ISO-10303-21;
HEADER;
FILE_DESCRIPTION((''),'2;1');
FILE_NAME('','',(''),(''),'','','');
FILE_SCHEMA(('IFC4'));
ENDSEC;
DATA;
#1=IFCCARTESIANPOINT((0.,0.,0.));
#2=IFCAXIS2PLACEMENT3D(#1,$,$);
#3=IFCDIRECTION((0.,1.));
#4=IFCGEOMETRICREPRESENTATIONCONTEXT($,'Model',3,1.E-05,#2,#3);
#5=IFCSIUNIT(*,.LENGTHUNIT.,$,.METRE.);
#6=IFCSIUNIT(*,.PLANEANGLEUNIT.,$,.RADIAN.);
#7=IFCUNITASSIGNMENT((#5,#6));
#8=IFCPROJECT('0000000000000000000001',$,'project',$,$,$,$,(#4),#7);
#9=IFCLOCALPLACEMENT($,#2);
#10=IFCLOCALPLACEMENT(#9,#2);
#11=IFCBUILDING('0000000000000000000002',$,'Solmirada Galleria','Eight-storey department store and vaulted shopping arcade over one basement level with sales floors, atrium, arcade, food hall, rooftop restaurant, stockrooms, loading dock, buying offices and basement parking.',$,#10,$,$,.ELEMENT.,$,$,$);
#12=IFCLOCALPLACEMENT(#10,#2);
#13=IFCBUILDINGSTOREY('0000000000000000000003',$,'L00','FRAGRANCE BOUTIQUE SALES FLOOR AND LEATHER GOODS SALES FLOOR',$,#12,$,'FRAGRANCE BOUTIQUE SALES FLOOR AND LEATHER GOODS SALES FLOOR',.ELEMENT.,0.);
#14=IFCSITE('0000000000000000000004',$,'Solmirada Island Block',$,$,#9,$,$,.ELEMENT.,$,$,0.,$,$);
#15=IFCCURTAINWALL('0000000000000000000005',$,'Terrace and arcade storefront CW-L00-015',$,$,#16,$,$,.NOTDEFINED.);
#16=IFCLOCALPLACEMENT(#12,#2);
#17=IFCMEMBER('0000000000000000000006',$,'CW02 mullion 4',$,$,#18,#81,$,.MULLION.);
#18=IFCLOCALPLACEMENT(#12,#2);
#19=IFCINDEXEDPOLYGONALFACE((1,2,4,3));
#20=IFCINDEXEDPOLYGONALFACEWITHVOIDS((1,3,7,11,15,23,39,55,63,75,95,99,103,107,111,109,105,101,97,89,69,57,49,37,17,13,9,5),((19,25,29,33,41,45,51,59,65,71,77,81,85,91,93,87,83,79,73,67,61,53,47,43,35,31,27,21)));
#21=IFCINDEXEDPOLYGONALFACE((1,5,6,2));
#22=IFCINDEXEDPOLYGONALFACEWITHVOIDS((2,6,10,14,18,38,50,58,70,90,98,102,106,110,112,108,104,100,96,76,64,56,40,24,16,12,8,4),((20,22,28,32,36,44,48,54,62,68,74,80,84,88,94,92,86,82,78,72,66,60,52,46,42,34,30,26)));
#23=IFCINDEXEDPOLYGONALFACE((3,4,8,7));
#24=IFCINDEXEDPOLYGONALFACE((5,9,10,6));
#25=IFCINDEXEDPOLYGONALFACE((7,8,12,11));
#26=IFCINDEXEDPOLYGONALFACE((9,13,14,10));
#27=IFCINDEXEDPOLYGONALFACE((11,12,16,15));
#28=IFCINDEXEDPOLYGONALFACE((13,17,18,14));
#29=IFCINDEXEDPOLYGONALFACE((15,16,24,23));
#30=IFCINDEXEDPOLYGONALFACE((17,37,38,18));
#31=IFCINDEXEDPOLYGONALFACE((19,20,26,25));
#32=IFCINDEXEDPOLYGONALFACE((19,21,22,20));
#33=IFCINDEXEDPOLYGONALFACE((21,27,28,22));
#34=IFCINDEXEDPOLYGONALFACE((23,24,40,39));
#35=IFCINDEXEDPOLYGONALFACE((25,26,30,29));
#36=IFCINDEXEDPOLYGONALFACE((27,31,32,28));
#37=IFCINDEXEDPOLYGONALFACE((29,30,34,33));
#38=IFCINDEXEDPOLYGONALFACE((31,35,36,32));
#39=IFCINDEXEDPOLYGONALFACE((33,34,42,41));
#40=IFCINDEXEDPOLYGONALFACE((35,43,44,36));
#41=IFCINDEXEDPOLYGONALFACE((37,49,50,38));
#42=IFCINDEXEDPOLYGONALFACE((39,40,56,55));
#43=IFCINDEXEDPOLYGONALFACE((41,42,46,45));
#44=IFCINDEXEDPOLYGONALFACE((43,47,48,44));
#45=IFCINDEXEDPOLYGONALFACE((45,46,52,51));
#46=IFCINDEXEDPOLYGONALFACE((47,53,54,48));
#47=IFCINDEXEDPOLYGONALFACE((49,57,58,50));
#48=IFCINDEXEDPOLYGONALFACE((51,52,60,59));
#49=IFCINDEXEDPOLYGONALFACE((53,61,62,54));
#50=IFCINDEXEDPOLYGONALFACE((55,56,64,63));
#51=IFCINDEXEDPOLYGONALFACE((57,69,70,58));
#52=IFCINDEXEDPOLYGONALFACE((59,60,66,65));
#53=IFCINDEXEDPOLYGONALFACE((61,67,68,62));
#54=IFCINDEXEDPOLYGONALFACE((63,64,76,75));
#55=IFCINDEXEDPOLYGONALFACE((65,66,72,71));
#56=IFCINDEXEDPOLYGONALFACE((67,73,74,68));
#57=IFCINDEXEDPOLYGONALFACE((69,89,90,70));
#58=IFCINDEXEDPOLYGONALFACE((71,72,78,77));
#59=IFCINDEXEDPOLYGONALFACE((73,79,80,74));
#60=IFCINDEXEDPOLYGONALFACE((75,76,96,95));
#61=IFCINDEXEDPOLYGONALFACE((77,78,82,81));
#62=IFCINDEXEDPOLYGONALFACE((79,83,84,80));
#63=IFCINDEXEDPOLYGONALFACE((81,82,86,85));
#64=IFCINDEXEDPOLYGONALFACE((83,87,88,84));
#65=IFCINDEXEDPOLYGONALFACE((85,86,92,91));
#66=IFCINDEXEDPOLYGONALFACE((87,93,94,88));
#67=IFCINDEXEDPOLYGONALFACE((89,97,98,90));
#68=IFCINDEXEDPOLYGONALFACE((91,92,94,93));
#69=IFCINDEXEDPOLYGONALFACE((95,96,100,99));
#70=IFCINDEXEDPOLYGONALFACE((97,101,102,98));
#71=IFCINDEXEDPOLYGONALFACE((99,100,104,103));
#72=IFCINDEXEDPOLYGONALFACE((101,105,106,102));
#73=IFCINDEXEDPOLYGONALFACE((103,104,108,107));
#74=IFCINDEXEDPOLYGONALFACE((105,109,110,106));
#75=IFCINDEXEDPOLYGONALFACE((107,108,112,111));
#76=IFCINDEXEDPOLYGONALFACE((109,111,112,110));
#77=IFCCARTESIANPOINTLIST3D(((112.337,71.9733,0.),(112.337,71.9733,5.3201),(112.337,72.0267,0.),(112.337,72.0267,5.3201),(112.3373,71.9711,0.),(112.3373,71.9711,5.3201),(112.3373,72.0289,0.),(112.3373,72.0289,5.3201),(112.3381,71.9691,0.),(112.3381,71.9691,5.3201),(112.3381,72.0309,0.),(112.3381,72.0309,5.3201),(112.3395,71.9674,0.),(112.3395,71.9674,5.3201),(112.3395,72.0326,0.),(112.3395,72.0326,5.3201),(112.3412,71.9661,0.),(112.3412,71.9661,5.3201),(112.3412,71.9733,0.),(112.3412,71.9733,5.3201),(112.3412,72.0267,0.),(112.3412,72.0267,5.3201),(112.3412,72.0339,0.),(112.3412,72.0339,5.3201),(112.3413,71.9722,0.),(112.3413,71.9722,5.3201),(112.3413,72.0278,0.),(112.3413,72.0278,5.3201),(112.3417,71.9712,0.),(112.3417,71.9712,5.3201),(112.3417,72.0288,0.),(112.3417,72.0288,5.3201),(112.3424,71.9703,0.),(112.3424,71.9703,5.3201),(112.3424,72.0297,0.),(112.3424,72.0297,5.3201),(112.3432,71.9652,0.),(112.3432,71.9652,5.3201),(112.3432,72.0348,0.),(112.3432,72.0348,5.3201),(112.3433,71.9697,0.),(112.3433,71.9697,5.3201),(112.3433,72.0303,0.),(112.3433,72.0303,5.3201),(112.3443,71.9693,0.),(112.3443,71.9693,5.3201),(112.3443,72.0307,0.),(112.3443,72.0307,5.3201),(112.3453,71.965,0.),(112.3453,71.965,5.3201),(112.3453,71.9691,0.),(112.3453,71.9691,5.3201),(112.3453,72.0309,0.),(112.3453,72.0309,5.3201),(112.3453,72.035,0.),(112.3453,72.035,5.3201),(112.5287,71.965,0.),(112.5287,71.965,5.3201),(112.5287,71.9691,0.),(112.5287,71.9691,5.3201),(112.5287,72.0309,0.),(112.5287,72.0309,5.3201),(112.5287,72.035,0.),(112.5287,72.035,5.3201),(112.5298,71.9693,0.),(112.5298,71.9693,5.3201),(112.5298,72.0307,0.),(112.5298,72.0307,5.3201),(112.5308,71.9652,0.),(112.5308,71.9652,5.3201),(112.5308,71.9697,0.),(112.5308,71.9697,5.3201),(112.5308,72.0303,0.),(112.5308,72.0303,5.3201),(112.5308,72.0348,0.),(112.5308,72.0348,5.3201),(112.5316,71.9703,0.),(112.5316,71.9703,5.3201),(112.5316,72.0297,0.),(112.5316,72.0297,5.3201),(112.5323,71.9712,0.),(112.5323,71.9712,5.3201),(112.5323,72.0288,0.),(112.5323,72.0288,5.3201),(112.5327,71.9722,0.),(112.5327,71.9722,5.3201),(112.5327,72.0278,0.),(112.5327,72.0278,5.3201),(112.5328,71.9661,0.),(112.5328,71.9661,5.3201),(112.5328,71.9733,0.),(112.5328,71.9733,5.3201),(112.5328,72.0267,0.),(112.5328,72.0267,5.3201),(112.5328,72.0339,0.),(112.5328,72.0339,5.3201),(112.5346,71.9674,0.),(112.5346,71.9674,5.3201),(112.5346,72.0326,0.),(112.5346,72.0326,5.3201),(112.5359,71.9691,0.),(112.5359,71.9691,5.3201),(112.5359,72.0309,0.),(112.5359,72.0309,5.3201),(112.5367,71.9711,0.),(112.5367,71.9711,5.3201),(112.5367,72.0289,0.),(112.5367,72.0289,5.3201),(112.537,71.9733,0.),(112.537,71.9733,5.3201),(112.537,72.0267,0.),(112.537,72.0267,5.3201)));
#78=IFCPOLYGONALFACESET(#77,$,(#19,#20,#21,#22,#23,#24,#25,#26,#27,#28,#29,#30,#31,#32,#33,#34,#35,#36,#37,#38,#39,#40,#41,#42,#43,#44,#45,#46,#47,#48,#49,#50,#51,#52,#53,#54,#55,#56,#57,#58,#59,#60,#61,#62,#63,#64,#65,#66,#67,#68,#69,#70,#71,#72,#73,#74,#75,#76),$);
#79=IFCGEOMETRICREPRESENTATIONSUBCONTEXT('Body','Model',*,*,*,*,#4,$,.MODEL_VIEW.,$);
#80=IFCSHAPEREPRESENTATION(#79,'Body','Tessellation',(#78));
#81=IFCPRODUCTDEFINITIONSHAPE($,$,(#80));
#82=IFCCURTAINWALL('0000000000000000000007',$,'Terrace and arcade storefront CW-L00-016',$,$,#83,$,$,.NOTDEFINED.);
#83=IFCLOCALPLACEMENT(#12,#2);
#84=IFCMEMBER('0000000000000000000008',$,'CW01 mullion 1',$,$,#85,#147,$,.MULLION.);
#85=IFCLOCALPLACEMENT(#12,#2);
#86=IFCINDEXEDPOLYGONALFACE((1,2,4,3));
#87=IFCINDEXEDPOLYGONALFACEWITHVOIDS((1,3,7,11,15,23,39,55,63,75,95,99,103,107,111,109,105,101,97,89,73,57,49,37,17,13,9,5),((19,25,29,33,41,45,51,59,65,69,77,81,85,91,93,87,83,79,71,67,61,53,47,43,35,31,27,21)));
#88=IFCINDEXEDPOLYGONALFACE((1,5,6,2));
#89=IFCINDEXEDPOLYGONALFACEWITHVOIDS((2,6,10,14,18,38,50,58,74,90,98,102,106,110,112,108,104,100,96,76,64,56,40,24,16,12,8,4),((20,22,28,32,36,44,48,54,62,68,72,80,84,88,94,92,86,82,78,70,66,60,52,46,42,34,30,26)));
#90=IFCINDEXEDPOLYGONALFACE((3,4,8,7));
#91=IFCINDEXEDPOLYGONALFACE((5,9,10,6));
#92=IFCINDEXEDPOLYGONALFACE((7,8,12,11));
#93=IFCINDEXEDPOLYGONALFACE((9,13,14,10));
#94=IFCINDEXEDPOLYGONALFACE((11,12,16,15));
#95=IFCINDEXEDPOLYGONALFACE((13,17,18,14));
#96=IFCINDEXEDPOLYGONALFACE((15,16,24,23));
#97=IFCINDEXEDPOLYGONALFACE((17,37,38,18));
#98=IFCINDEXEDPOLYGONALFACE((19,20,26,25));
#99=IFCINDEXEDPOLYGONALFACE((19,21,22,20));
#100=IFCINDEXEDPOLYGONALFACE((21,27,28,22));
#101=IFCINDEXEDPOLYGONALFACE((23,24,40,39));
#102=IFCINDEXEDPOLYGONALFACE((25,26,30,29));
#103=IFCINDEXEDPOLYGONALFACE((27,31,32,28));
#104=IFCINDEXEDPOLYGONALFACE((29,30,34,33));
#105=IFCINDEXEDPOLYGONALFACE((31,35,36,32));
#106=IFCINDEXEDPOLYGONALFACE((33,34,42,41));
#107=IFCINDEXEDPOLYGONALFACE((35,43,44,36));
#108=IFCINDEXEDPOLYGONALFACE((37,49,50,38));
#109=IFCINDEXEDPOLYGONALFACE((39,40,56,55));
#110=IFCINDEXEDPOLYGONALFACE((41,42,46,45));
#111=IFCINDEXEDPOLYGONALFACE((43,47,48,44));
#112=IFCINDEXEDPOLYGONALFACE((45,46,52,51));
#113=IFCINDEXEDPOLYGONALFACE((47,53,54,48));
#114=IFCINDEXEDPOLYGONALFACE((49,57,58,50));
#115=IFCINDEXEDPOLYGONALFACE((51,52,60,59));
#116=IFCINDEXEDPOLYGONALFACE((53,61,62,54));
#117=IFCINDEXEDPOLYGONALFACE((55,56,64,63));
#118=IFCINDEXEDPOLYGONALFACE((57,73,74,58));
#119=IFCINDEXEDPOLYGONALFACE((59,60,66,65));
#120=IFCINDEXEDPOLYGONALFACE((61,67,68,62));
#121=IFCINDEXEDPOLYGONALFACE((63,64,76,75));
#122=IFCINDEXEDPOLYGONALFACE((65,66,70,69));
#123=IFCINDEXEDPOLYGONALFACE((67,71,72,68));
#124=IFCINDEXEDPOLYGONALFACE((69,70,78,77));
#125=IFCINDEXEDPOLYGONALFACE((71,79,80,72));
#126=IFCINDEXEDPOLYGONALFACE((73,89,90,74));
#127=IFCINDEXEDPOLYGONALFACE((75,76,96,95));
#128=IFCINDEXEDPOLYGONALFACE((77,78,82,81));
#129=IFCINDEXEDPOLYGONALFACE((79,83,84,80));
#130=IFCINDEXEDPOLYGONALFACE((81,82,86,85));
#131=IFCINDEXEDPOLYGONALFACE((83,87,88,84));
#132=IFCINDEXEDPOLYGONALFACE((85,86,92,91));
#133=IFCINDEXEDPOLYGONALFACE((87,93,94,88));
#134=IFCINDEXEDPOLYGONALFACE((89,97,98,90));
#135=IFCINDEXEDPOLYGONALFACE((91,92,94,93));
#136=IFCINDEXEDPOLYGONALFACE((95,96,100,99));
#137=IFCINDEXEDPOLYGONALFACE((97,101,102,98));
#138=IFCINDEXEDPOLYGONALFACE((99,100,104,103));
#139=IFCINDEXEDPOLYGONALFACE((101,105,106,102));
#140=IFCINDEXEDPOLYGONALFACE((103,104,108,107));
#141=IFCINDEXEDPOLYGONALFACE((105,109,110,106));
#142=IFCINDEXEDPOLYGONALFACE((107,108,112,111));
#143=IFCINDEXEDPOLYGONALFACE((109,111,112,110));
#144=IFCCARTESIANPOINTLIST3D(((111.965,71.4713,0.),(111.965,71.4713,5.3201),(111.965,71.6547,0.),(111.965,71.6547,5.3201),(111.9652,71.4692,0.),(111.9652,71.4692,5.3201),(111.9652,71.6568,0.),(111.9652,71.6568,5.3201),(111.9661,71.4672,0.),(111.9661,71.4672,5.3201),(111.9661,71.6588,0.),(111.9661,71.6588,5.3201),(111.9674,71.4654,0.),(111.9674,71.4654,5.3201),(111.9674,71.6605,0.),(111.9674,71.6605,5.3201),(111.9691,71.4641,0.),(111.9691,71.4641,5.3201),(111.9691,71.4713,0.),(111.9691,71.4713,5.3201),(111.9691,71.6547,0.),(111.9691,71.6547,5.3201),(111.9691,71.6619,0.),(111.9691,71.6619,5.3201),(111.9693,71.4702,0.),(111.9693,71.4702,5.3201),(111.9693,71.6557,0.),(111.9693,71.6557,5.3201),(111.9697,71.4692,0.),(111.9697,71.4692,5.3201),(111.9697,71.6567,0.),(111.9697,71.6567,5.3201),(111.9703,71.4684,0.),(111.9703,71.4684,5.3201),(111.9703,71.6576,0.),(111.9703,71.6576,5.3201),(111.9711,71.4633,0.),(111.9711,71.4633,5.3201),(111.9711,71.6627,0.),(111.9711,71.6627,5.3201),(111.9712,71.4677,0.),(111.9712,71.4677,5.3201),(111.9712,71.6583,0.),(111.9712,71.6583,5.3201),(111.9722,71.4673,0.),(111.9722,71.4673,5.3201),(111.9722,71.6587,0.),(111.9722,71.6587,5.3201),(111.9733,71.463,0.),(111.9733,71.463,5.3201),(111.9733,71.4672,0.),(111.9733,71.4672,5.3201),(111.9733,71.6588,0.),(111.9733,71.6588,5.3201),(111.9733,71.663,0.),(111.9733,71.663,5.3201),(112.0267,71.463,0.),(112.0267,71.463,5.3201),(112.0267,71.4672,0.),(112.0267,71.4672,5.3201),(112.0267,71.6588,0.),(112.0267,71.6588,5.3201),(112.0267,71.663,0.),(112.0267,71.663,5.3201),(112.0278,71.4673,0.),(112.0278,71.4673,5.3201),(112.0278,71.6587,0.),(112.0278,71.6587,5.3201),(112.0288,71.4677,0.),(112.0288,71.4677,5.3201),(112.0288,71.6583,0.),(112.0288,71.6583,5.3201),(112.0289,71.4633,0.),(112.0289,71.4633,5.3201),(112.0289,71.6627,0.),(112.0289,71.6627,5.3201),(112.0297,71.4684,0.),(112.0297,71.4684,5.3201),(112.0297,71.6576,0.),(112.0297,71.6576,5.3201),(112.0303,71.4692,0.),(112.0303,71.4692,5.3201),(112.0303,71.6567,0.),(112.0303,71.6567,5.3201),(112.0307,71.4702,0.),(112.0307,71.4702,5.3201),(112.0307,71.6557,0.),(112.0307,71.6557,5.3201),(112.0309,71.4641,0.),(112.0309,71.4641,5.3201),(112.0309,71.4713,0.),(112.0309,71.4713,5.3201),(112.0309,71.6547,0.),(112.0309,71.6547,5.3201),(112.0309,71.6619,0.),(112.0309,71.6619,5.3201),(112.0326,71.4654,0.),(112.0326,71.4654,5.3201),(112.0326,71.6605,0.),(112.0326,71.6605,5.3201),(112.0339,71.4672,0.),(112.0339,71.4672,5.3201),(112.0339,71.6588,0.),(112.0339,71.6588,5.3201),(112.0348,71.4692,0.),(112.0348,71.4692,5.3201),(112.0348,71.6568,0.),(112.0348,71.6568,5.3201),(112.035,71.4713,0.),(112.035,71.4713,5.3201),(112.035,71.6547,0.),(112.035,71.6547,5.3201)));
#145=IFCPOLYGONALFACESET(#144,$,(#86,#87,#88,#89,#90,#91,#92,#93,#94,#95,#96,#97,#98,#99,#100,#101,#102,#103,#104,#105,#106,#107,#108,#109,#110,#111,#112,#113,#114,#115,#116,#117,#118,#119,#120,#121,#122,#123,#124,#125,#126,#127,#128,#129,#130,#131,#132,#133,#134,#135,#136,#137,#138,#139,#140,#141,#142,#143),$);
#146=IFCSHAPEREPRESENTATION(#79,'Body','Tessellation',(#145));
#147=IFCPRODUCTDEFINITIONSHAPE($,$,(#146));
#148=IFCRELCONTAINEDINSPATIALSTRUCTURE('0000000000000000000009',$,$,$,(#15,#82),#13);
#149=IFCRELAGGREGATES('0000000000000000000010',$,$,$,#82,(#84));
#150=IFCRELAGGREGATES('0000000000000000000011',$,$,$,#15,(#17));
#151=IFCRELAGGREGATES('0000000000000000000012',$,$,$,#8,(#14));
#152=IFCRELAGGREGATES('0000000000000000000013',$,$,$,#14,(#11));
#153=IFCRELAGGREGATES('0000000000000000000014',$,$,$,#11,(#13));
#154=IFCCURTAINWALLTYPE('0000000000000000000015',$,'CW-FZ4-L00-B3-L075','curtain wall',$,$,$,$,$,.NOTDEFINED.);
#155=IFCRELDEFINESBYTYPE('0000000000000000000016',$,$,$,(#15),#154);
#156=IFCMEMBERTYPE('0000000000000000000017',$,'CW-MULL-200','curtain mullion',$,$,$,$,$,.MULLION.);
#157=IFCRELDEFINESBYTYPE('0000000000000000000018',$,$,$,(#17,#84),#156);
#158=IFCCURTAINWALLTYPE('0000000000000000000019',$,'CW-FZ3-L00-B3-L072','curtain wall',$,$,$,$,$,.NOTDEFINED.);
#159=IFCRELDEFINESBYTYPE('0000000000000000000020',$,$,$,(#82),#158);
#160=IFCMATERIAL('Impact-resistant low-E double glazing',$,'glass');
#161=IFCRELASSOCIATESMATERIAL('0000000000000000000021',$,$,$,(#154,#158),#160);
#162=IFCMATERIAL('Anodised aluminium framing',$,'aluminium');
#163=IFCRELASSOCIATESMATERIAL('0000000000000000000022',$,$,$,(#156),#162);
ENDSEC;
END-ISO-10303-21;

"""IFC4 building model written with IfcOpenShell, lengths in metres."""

from ifc_helpers import new_model, si_unit, direction, frame, origin, origin_2d, place, context, subcontext, project, spatial, hollow_rectangle, extrude, material, material_profile, profile_set, type_object, element, aggregate, save


model = new_model("IFC4")

# Units and contexts
model_context = context("Model", 3, precision=1e-05, world=origin(), true_north=direction((0.0, 1.0)))
body_context = subcontext(model_context, "Body", "Model", "MODEL_VIEW")
ifc_project = project(units=[si_unit("LENGTHUNIT", "METRE"), si_unit("PLANEANGLEUNIT", "RADIAN")], contexts=[model_context])

# Site, building, storey
site_placement = place(None, origin())
site = spatial("IfcSite", under=ifc_project, at=site_placement, Name="Solmirada Island Block", CompositionType="ELEMENT", RefElevation=0.0)
building_placement = place(site_placement, origin())
building = spatial("IfcBuilding", under=site, at=building_placement, Name="Solmirada Galleria", Description="Eight-storey department store and vaulted shopping arcade over one basement level with sales floors, atrium, arcade, food hall, rooftop restaurant, stockrooms, loading dock, buying offices and basement parking.", CompositionType="ELEMENT")
storey_placement = place(building_placement, origin())
storey = spatial("IfcBuildingStorey", under=building, at=storey_placement, Name="L00", Description="FRAGRANCE BOUTIQUE SALES FLOOR AND LEATHER GOODS SALES FLOOR", LongName="FRAGRANCE BOUTIQUE SALES FLOOR AND LEATHER GOODS SALES FLOOR", CompositionType="ELEMENT", Elevation=0.0)

# Curtain walls, members
ifc_material_1 = material(Name="Impact-resistant low-E double glazing", Category="glass")
curtain_wall_type_1 = type_object("IfcCurtainWallType", Name="CW-FZ4-L00-B3-L075", Description="curtain wall", PredefinedType="NOTDEFINED", material=ifc_material_1)
curtain_wall_1_placement = place(storey_placement, origin())
curtain_wall_1 = element("IfcCurtainWall", 1, at=curtain_wall_1_placement, inside=storey, type_object=curtain_wall_type_1, Name="Terrace and arcade storefront CW-L00-015", PredefinedType="NOTDEFINED")
ifc_material_2 = material(Name="Anodised aluminium framing", Category="aluminium")
ifc_material_profile_1 = material_profile(ifc_material_2, hollow_rectangle(XDim=0.0701, YDim=0.2, WallThickness=0.0042, InnerFilletRadius=0.0042, OuterFilletRadius=0.0083, at=origin_2d()), Name="ALU-MULL-200X70")
ifc_profile_set_1 = profile_set([ifc_material_profile_1], Name="Anodised aluminium framing")
member_type_1 = type_object("IfcMemberType", Name="CW-MULL-200", Description="curtain mullion", PredefinedType="MULLION", material=ifc_profile_set_1)
member_1_placement = place(storey_placement, frame((112.437, 72.0, 0.0), z_axis=(0.0, 0.0, 1.0), x_axis=(0.0, -1.0, 0.0)))
member_1 = element("IfcMember", 2, at=member_1_placement, type_object=member_type_1, Name="CW02 mullion 4", PredefinedType="MULLION", context=body_context, shape_type="SweptSolid", body=[
    extrude(hollow_rectangle(XDim=0.0701, YDim=0.2, WallThickness=0.0042, InnerFilletRadius=0.0042, OuterFilletRadius=0.0083, at=origin_2d()), origin(), (0.0, 0.0, 1.0), 5.3201),
])
curtain_wall_type_2 = type_object("IfcCurtainWallType", Name="CW-FZ3-L00-B3-L072", Description="curtain wall", PredefinedType="NOTDEFINED", material=ifc_material_1)
curtain_wall_2_placement = place(storey_placement, origin())
curtain_wall_2 = element("IfcCurtainWall", 3, at=curtain_wall_2_placement, inside=storey, type_object=curtain_wall_type_2, Name="Terrace and arcade storefront CW-L00-016", PredefinedType="NOTDEFINED")
member_2_placement = place(storey_placement, frame((112.0, 71.563, 0.0), z_axis=(0.0, 0.0, 1.0), x_axis=(1.0, 0.0, 0.0)))
member_2 = element("IfcMember", 4, at=member_2_placement, type_object=member_type_1, Name="CW01 mullion 1", PredefinedType="MULLION", context=body_context, shape_type="SweptSolid", body=[
    extrude(hollow_rectangle(XDim=0.0701, YDim=0.2, WallThickness=0.0042, InnerFilletRadius=0.0042, OuterFilletRadius=0.0083, at=origin_2d()), origin(), (0.0, 0.0, 1.0), 5.3201),
])

aggregate(curtain_wall_2, [member_2])
aggregate(curtain_wall_1, [member_1])

save(model, "model.ifc")
